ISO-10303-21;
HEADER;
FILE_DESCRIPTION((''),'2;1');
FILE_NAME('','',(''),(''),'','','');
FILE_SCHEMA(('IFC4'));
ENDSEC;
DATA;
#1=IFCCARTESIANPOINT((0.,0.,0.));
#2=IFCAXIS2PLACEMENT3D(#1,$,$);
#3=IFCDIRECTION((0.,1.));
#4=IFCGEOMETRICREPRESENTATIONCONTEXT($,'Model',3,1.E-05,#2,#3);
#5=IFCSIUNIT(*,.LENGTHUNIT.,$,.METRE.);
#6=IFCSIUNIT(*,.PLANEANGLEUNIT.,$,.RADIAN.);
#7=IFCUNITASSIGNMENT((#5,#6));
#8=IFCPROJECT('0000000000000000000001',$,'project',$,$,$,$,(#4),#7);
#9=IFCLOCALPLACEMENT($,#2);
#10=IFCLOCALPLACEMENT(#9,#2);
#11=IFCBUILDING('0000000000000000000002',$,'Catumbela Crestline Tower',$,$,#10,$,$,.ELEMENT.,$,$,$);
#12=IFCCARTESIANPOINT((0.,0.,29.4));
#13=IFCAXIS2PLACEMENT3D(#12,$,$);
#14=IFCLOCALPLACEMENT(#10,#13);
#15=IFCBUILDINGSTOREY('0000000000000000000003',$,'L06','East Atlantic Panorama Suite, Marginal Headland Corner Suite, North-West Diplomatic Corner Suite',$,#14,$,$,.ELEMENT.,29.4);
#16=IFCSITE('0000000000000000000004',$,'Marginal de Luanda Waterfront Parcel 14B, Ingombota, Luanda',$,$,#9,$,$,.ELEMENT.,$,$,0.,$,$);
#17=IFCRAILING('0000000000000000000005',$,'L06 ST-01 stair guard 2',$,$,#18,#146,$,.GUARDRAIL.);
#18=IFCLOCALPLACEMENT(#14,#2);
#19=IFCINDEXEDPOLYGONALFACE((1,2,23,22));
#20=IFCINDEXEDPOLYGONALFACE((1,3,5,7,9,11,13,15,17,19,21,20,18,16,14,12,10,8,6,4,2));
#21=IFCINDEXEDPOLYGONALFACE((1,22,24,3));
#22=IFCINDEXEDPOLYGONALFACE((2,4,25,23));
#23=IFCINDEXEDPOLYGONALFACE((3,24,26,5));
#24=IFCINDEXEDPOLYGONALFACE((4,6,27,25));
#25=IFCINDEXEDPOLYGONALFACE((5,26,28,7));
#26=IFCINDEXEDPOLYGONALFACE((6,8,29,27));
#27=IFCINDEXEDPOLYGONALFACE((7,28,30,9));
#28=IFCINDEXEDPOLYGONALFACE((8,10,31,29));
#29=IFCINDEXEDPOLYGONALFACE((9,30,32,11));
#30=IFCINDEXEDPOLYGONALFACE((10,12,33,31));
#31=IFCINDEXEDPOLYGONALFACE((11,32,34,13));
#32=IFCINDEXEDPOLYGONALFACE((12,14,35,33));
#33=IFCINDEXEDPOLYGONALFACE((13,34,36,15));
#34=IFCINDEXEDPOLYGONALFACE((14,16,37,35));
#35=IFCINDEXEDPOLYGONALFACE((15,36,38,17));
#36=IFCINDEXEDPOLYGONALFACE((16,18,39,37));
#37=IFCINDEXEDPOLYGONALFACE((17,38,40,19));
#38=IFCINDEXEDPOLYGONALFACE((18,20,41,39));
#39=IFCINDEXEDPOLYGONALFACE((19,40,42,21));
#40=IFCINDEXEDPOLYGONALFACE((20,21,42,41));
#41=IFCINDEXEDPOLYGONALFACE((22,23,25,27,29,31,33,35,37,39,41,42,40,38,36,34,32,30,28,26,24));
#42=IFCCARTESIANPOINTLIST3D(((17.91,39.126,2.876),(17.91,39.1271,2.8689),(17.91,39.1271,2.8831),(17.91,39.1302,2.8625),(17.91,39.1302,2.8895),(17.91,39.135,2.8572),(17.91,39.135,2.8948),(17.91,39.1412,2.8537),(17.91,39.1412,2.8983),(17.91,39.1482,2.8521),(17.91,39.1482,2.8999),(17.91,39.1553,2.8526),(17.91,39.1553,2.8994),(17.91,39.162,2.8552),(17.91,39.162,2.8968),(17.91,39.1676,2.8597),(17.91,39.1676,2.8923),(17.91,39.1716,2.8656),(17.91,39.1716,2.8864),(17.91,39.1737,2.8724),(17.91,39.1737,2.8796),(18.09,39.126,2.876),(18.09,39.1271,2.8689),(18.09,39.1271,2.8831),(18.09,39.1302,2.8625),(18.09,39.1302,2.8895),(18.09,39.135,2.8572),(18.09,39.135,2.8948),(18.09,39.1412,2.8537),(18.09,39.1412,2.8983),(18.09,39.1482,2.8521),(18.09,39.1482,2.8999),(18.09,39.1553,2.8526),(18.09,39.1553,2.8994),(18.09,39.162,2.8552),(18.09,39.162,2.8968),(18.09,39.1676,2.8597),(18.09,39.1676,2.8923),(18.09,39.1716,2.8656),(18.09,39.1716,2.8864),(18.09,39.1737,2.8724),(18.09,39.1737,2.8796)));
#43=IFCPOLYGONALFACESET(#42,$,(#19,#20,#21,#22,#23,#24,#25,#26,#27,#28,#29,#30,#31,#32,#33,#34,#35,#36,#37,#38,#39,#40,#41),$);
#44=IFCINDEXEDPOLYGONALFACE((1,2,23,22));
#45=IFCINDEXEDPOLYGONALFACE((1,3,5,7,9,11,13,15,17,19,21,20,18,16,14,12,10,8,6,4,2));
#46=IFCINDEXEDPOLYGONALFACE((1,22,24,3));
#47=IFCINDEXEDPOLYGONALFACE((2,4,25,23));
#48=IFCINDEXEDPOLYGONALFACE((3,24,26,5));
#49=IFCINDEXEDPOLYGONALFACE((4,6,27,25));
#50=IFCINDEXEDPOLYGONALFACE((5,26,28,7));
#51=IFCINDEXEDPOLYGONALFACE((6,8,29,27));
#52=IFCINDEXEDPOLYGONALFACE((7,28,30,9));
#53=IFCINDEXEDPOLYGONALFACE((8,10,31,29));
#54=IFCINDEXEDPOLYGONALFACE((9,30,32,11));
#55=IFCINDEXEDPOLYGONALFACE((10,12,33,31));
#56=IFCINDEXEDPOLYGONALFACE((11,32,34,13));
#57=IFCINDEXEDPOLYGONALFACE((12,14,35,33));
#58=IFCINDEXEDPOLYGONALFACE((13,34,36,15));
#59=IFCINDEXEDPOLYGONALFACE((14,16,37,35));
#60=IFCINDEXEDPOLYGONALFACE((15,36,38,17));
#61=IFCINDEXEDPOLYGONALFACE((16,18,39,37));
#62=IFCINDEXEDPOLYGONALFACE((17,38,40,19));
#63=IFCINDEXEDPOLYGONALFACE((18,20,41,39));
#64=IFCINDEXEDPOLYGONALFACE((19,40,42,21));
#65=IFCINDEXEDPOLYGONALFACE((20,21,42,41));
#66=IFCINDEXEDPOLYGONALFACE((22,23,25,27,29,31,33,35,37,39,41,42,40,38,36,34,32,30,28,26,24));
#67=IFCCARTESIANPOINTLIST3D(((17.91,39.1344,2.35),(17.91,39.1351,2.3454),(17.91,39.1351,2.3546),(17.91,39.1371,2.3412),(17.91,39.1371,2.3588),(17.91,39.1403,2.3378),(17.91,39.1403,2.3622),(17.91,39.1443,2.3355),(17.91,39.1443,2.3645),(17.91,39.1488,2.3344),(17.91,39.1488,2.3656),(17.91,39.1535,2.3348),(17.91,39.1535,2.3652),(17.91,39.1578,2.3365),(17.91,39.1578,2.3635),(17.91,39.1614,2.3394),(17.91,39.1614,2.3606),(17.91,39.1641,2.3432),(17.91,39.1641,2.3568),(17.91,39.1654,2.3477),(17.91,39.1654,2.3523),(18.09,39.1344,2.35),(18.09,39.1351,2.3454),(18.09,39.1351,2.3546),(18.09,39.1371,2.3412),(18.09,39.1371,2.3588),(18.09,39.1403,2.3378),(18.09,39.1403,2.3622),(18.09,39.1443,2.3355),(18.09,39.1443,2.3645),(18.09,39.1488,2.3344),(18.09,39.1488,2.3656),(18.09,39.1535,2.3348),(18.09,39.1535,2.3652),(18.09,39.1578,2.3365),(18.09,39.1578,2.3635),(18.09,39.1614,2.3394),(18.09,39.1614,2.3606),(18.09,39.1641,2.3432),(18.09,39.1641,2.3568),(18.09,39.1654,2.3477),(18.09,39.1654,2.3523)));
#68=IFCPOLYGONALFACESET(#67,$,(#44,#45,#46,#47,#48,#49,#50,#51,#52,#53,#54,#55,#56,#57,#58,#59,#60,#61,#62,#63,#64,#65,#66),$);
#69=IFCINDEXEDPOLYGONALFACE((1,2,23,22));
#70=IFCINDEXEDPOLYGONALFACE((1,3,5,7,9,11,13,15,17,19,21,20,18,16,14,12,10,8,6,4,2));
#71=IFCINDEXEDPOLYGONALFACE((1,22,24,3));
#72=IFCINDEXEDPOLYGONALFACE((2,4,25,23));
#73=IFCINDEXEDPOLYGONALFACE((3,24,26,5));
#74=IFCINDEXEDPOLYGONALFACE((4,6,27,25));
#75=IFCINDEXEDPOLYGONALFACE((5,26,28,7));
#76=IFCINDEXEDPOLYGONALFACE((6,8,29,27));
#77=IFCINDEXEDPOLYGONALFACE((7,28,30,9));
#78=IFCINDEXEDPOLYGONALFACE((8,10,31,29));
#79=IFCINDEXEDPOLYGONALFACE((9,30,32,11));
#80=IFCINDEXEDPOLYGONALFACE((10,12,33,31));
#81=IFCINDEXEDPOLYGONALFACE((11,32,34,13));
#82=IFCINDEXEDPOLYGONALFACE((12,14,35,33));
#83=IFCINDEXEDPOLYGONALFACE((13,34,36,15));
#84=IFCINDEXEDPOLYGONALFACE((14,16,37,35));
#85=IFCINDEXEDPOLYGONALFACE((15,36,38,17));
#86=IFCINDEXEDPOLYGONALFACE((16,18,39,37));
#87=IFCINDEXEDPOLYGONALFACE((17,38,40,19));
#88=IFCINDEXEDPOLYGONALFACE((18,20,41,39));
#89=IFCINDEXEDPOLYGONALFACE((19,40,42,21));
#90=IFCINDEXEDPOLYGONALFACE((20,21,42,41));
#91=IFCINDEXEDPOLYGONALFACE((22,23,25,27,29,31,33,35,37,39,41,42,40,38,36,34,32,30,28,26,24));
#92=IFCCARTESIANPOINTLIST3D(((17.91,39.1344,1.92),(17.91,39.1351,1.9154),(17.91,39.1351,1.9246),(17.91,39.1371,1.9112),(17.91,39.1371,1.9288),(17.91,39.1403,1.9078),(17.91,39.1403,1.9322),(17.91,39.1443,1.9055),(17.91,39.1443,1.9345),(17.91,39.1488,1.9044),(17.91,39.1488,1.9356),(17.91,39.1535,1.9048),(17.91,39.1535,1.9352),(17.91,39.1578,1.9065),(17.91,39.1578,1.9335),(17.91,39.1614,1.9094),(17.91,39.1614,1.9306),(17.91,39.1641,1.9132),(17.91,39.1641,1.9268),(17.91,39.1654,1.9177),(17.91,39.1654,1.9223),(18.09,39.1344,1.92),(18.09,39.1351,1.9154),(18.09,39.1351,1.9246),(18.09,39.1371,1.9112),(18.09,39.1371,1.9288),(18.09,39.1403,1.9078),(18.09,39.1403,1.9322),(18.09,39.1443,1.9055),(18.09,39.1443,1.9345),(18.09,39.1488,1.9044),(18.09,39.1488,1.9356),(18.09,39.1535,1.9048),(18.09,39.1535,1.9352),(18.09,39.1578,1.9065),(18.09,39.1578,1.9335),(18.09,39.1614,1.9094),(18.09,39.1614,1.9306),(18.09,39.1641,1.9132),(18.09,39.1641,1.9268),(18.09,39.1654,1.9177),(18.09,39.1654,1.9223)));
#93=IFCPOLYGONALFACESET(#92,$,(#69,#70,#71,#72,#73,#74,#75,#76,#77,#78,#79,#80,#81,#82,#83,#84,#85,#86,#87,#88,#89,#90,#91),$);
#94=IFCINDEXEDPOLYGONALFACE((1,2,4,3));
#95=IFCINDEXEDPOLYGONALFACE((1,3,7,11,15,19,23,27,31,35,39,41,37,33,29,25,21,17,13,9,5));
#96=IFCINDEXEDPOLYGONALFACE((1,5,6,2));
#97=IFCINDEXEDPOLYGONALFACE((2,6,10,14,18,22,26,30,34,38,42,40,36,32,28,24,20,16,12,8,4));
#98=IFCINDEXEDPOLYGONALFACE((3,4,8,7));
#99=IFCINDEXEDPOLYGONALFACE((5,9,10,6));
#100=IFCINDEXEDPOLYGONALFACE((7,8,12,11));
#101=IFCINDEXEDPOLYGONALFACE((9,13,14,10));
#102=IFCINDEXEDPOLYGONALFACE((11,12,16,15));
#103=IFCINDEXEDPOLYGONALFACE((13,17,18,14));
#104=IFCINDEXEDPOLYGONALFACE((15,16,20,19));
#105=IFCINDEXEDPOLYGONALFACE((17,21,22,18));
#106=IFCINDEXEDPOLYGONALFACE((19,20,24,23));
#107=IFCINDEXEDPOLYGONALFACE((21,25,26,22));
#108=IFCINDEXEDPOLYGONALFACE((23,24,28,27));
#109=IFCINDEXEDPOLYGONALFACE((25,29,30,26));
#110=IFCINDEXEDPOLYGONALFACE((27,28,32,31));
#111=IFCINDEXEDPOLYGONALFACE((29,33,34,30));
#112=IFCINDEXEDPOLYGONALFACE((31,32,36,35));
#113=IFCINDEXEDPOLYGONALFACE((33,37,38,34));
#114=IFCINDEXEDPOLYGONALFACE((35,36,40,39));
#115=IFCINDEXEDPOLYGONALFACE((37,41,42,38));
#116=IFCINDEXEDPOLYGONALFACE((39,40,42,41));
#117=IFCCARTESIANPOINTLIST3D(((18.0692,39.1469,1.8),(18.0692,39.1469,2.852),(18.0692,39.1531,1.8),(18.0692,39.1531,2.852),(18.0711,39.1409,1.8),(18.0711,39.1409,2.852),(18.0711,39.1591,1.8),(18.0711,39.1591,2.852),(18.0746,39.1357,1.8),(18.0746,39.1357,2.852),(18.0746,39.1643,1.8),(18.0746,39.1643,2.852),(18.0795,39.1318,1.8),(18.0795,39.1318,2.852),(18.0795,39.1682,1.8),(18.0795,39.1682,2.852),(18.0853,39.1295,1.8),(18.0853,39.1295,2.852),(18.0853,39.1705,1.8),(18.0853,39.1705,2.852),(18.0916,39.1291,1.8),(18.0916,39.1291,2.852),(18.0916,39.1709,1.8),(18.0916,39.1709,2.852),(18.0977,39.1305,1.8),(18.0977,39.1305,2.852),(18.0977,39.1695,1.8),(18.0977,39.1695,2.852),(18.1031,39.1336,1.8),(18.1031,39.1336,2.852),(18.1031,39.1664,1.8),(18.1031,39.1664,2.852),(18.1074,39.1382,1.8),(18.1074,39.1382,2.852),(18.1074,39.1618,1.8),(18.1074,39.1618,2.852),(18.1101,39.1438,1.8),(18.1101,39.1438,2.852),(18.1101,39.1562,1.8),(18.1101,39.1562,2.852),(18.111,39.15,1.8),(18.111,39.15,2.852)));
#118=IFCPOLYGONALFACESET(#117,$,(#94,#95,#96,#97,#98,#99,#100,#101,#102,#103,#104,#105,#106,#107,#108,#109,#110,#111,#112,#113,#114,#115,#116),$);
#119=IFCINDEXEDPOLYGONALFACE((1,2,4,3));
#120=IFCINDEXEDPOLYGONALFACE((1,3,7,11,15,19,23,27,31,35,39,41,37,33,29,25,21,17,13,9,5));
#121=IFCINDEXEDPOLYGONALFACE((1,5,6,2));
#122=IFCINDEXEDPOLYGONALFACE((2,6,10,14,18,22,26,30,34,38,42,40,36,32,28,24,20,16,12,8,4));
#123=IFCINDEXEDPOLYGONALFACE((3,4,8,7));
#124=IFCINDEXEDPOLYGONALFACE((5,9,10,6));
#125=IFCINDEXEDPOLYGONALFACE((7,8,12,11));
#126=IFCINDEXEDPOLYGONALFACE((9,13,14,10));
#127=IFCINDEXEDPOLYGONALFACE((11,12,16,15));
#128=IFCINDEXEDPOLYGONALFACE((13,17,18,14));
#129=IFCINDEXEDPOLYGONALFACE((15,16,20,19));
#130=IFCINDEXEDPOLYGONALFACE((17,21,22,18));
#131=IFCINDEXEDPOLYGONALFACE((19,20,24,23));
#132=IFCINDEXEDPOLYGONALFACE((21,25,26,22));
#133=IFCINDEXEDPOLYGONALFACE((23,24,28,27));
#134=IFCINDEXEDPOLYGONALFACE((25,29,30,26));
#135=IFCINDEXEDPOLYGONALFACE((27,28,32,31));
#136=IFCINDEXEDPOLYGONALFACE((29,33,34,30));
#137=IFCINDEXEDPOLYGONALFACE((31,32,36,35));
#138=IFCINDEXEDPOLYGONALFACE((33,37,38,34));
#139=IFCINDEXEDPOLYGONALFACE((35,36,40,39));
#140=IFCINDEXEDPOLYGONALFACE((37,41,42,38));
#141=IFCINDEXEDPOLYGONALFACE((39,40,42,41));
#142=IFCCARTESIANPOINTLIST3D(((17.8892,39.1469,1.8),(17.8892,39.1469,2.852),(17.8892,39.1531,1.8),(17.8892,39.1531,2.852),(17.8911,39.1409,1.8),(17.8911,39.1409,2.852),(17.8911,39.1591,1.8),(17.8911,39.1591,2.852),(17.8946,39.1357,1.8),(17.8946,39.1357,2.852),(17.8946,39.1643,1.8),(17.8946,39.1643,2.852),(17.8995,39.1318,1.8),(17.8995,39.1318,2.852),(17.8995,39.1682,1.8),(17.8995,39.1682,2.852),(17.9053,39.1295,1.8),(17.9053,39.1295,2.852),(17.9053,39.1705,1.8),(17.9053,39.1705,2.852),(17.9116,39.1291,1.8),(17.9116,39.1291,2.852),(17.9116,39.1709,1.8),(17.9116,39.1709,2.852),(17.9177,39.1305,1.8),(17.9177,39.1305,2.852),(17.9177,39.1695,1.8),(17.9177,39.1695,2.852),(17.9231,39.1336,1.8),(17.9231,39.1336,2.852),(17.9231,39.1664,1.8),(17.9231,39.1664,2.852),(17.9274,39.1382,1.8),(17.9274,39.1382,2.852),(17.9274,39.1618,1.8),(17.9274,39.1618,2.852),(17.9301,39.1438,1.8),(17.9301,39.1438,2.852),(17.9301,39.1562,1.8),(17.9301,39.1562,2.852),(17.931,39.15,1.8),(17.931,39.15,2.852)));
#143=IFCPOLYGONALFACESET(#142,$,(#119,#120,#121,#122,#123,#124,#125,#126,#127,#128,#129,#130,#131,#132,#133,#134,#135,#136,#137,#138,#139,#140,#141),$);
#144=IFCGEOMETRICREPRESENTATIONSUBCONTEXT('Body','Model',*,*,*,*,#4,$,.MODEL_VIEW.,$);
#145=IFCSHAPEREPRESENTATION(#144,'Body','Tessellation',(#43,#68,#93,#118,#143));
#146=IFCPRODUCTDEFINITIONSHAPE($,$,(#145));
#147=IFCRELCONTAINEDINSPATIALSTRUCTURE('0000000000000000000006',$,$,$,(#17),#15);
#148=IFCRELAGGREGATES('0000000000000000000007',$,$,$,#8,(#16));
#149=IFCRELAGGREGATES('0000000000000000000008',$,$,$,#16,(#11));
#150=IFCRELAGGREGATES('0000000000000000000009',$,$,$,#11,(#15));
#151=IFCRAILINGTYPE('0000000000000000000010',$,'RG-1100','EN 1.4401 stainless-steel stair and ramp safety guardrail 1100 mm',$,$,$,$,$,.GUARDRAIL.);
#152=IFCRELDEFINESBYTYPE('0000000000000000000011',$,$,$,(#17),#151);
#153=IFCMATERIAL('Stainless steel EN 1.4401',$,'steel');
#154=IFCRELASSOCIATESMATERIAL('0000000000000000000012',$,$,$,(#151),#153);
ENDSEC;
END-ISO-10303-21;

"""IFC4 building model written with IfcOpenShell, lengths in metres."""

from ifc_helpers import new_model, si_unit, direction, frame, origin, origin_2d, place, context, subcontext, project, spatial, circle, extrude, material, type_object, element, save


model = new_model("IFC4")

# Units and contexts
model_context = context("Model", 3, precision=1e-05, world=origin(), true_north=direction((0.0, 1.0)))
body_context = subcontext(model_context, "Body", "Model", "MODEL_VIEW")
ifc_project = project(units=[si_unit("LENGTHUNIT", "METRE"), si_unit("PLANEANGLEUNIT", "RADIAN")], contexts=[model_context])

# Site, building, storey
site_placement = place(None, origin())
site = spatial("IfcSite", under=ifc_project, at=site_placement, Name="Marginal de Luanda Waterfront Parcel 14B, Ingombota, Luanda", CompositionType="ELEMENT", RefElevation=0.0)
building_placement = place(site_placement, origin())
building = spatial("IfcBuilding", under=site, at=building_placement, Name="Catumbela Crestline Tower", CompositionType="ELEMENT")
storey_placement = place(building_placement, frame((0.0, 0.0, 29.4)))
storey = spatial("IfcBuildingStorey", under=building, at=storey_placement, Name="L06", Description="East Atlantic Panorama Suite, Marginal Headland Corner Suite, North-West Diplomatic Corner Suite", CompositionType="ELEMENT", Elevation=29.4)

# Shared definitions
ifc_material_1 = material(Name="Stainless steel EN 1.4401", Category="steel")

# Railing
railing_type_1 = type_object("IfcRailingType", Name="RG-1100", Description="EN 1.4401 stainless-steel stair and ramp safety guardrail 1100 mm", PredefinedType="GUARDRAIL", material=ifc_material_1)
railing_1_placement = place(storey_placement, frame((18.09, 39.15, 1.8)))
element("IfcRailing", 1, at=railing_1_placement, inside=storey, type_object=railing_type_1, Name="L06 ST-01 stair guard 2", PredefinedType="GUARDRAIL", context=body_context, shape_type="SweptSolid", body=[
    extrude(circle(Radius=0.024, at=origin_2d()), frame((0.0, 0.0, 1.076), z_axis=(-1.0, 0.0, 0.0), x_axis=(0.0, -1.0, 0.0)), (0.0, 0.0, 1.0), 0.18),
    extrude(circle(Radius=0.0156, at=origin_2d()), frame((0.0, 0.0, 0.55), z_axis=(-1.0, 0.0, 0.0), x_axis=(0.0, -1.0, 0.0)), (0.0, 0.0, 1.0), 0.18),
    extrude(circle(Radius=0.0156, at=origin_2d()), frame((0.0, 0.0, 0.12), z_axis=(-1.0, 0.0, 0.0), x_axis=(0.0, -1.0, 0.0)), (0.0, 0.0, 1.0), 0.18),
    extrude(circle(Radius=0.021, at=origin_2d()), origin(), (0.0, 0.0, 1.0), 1.052),
    extrude(circle(Radius=0.021, at=origin_2d()), frame((-0.18, 0.0, 0.0)), (0.0, 0.0, 1.0), 1.052),
])

save(model, "model.ifc")
